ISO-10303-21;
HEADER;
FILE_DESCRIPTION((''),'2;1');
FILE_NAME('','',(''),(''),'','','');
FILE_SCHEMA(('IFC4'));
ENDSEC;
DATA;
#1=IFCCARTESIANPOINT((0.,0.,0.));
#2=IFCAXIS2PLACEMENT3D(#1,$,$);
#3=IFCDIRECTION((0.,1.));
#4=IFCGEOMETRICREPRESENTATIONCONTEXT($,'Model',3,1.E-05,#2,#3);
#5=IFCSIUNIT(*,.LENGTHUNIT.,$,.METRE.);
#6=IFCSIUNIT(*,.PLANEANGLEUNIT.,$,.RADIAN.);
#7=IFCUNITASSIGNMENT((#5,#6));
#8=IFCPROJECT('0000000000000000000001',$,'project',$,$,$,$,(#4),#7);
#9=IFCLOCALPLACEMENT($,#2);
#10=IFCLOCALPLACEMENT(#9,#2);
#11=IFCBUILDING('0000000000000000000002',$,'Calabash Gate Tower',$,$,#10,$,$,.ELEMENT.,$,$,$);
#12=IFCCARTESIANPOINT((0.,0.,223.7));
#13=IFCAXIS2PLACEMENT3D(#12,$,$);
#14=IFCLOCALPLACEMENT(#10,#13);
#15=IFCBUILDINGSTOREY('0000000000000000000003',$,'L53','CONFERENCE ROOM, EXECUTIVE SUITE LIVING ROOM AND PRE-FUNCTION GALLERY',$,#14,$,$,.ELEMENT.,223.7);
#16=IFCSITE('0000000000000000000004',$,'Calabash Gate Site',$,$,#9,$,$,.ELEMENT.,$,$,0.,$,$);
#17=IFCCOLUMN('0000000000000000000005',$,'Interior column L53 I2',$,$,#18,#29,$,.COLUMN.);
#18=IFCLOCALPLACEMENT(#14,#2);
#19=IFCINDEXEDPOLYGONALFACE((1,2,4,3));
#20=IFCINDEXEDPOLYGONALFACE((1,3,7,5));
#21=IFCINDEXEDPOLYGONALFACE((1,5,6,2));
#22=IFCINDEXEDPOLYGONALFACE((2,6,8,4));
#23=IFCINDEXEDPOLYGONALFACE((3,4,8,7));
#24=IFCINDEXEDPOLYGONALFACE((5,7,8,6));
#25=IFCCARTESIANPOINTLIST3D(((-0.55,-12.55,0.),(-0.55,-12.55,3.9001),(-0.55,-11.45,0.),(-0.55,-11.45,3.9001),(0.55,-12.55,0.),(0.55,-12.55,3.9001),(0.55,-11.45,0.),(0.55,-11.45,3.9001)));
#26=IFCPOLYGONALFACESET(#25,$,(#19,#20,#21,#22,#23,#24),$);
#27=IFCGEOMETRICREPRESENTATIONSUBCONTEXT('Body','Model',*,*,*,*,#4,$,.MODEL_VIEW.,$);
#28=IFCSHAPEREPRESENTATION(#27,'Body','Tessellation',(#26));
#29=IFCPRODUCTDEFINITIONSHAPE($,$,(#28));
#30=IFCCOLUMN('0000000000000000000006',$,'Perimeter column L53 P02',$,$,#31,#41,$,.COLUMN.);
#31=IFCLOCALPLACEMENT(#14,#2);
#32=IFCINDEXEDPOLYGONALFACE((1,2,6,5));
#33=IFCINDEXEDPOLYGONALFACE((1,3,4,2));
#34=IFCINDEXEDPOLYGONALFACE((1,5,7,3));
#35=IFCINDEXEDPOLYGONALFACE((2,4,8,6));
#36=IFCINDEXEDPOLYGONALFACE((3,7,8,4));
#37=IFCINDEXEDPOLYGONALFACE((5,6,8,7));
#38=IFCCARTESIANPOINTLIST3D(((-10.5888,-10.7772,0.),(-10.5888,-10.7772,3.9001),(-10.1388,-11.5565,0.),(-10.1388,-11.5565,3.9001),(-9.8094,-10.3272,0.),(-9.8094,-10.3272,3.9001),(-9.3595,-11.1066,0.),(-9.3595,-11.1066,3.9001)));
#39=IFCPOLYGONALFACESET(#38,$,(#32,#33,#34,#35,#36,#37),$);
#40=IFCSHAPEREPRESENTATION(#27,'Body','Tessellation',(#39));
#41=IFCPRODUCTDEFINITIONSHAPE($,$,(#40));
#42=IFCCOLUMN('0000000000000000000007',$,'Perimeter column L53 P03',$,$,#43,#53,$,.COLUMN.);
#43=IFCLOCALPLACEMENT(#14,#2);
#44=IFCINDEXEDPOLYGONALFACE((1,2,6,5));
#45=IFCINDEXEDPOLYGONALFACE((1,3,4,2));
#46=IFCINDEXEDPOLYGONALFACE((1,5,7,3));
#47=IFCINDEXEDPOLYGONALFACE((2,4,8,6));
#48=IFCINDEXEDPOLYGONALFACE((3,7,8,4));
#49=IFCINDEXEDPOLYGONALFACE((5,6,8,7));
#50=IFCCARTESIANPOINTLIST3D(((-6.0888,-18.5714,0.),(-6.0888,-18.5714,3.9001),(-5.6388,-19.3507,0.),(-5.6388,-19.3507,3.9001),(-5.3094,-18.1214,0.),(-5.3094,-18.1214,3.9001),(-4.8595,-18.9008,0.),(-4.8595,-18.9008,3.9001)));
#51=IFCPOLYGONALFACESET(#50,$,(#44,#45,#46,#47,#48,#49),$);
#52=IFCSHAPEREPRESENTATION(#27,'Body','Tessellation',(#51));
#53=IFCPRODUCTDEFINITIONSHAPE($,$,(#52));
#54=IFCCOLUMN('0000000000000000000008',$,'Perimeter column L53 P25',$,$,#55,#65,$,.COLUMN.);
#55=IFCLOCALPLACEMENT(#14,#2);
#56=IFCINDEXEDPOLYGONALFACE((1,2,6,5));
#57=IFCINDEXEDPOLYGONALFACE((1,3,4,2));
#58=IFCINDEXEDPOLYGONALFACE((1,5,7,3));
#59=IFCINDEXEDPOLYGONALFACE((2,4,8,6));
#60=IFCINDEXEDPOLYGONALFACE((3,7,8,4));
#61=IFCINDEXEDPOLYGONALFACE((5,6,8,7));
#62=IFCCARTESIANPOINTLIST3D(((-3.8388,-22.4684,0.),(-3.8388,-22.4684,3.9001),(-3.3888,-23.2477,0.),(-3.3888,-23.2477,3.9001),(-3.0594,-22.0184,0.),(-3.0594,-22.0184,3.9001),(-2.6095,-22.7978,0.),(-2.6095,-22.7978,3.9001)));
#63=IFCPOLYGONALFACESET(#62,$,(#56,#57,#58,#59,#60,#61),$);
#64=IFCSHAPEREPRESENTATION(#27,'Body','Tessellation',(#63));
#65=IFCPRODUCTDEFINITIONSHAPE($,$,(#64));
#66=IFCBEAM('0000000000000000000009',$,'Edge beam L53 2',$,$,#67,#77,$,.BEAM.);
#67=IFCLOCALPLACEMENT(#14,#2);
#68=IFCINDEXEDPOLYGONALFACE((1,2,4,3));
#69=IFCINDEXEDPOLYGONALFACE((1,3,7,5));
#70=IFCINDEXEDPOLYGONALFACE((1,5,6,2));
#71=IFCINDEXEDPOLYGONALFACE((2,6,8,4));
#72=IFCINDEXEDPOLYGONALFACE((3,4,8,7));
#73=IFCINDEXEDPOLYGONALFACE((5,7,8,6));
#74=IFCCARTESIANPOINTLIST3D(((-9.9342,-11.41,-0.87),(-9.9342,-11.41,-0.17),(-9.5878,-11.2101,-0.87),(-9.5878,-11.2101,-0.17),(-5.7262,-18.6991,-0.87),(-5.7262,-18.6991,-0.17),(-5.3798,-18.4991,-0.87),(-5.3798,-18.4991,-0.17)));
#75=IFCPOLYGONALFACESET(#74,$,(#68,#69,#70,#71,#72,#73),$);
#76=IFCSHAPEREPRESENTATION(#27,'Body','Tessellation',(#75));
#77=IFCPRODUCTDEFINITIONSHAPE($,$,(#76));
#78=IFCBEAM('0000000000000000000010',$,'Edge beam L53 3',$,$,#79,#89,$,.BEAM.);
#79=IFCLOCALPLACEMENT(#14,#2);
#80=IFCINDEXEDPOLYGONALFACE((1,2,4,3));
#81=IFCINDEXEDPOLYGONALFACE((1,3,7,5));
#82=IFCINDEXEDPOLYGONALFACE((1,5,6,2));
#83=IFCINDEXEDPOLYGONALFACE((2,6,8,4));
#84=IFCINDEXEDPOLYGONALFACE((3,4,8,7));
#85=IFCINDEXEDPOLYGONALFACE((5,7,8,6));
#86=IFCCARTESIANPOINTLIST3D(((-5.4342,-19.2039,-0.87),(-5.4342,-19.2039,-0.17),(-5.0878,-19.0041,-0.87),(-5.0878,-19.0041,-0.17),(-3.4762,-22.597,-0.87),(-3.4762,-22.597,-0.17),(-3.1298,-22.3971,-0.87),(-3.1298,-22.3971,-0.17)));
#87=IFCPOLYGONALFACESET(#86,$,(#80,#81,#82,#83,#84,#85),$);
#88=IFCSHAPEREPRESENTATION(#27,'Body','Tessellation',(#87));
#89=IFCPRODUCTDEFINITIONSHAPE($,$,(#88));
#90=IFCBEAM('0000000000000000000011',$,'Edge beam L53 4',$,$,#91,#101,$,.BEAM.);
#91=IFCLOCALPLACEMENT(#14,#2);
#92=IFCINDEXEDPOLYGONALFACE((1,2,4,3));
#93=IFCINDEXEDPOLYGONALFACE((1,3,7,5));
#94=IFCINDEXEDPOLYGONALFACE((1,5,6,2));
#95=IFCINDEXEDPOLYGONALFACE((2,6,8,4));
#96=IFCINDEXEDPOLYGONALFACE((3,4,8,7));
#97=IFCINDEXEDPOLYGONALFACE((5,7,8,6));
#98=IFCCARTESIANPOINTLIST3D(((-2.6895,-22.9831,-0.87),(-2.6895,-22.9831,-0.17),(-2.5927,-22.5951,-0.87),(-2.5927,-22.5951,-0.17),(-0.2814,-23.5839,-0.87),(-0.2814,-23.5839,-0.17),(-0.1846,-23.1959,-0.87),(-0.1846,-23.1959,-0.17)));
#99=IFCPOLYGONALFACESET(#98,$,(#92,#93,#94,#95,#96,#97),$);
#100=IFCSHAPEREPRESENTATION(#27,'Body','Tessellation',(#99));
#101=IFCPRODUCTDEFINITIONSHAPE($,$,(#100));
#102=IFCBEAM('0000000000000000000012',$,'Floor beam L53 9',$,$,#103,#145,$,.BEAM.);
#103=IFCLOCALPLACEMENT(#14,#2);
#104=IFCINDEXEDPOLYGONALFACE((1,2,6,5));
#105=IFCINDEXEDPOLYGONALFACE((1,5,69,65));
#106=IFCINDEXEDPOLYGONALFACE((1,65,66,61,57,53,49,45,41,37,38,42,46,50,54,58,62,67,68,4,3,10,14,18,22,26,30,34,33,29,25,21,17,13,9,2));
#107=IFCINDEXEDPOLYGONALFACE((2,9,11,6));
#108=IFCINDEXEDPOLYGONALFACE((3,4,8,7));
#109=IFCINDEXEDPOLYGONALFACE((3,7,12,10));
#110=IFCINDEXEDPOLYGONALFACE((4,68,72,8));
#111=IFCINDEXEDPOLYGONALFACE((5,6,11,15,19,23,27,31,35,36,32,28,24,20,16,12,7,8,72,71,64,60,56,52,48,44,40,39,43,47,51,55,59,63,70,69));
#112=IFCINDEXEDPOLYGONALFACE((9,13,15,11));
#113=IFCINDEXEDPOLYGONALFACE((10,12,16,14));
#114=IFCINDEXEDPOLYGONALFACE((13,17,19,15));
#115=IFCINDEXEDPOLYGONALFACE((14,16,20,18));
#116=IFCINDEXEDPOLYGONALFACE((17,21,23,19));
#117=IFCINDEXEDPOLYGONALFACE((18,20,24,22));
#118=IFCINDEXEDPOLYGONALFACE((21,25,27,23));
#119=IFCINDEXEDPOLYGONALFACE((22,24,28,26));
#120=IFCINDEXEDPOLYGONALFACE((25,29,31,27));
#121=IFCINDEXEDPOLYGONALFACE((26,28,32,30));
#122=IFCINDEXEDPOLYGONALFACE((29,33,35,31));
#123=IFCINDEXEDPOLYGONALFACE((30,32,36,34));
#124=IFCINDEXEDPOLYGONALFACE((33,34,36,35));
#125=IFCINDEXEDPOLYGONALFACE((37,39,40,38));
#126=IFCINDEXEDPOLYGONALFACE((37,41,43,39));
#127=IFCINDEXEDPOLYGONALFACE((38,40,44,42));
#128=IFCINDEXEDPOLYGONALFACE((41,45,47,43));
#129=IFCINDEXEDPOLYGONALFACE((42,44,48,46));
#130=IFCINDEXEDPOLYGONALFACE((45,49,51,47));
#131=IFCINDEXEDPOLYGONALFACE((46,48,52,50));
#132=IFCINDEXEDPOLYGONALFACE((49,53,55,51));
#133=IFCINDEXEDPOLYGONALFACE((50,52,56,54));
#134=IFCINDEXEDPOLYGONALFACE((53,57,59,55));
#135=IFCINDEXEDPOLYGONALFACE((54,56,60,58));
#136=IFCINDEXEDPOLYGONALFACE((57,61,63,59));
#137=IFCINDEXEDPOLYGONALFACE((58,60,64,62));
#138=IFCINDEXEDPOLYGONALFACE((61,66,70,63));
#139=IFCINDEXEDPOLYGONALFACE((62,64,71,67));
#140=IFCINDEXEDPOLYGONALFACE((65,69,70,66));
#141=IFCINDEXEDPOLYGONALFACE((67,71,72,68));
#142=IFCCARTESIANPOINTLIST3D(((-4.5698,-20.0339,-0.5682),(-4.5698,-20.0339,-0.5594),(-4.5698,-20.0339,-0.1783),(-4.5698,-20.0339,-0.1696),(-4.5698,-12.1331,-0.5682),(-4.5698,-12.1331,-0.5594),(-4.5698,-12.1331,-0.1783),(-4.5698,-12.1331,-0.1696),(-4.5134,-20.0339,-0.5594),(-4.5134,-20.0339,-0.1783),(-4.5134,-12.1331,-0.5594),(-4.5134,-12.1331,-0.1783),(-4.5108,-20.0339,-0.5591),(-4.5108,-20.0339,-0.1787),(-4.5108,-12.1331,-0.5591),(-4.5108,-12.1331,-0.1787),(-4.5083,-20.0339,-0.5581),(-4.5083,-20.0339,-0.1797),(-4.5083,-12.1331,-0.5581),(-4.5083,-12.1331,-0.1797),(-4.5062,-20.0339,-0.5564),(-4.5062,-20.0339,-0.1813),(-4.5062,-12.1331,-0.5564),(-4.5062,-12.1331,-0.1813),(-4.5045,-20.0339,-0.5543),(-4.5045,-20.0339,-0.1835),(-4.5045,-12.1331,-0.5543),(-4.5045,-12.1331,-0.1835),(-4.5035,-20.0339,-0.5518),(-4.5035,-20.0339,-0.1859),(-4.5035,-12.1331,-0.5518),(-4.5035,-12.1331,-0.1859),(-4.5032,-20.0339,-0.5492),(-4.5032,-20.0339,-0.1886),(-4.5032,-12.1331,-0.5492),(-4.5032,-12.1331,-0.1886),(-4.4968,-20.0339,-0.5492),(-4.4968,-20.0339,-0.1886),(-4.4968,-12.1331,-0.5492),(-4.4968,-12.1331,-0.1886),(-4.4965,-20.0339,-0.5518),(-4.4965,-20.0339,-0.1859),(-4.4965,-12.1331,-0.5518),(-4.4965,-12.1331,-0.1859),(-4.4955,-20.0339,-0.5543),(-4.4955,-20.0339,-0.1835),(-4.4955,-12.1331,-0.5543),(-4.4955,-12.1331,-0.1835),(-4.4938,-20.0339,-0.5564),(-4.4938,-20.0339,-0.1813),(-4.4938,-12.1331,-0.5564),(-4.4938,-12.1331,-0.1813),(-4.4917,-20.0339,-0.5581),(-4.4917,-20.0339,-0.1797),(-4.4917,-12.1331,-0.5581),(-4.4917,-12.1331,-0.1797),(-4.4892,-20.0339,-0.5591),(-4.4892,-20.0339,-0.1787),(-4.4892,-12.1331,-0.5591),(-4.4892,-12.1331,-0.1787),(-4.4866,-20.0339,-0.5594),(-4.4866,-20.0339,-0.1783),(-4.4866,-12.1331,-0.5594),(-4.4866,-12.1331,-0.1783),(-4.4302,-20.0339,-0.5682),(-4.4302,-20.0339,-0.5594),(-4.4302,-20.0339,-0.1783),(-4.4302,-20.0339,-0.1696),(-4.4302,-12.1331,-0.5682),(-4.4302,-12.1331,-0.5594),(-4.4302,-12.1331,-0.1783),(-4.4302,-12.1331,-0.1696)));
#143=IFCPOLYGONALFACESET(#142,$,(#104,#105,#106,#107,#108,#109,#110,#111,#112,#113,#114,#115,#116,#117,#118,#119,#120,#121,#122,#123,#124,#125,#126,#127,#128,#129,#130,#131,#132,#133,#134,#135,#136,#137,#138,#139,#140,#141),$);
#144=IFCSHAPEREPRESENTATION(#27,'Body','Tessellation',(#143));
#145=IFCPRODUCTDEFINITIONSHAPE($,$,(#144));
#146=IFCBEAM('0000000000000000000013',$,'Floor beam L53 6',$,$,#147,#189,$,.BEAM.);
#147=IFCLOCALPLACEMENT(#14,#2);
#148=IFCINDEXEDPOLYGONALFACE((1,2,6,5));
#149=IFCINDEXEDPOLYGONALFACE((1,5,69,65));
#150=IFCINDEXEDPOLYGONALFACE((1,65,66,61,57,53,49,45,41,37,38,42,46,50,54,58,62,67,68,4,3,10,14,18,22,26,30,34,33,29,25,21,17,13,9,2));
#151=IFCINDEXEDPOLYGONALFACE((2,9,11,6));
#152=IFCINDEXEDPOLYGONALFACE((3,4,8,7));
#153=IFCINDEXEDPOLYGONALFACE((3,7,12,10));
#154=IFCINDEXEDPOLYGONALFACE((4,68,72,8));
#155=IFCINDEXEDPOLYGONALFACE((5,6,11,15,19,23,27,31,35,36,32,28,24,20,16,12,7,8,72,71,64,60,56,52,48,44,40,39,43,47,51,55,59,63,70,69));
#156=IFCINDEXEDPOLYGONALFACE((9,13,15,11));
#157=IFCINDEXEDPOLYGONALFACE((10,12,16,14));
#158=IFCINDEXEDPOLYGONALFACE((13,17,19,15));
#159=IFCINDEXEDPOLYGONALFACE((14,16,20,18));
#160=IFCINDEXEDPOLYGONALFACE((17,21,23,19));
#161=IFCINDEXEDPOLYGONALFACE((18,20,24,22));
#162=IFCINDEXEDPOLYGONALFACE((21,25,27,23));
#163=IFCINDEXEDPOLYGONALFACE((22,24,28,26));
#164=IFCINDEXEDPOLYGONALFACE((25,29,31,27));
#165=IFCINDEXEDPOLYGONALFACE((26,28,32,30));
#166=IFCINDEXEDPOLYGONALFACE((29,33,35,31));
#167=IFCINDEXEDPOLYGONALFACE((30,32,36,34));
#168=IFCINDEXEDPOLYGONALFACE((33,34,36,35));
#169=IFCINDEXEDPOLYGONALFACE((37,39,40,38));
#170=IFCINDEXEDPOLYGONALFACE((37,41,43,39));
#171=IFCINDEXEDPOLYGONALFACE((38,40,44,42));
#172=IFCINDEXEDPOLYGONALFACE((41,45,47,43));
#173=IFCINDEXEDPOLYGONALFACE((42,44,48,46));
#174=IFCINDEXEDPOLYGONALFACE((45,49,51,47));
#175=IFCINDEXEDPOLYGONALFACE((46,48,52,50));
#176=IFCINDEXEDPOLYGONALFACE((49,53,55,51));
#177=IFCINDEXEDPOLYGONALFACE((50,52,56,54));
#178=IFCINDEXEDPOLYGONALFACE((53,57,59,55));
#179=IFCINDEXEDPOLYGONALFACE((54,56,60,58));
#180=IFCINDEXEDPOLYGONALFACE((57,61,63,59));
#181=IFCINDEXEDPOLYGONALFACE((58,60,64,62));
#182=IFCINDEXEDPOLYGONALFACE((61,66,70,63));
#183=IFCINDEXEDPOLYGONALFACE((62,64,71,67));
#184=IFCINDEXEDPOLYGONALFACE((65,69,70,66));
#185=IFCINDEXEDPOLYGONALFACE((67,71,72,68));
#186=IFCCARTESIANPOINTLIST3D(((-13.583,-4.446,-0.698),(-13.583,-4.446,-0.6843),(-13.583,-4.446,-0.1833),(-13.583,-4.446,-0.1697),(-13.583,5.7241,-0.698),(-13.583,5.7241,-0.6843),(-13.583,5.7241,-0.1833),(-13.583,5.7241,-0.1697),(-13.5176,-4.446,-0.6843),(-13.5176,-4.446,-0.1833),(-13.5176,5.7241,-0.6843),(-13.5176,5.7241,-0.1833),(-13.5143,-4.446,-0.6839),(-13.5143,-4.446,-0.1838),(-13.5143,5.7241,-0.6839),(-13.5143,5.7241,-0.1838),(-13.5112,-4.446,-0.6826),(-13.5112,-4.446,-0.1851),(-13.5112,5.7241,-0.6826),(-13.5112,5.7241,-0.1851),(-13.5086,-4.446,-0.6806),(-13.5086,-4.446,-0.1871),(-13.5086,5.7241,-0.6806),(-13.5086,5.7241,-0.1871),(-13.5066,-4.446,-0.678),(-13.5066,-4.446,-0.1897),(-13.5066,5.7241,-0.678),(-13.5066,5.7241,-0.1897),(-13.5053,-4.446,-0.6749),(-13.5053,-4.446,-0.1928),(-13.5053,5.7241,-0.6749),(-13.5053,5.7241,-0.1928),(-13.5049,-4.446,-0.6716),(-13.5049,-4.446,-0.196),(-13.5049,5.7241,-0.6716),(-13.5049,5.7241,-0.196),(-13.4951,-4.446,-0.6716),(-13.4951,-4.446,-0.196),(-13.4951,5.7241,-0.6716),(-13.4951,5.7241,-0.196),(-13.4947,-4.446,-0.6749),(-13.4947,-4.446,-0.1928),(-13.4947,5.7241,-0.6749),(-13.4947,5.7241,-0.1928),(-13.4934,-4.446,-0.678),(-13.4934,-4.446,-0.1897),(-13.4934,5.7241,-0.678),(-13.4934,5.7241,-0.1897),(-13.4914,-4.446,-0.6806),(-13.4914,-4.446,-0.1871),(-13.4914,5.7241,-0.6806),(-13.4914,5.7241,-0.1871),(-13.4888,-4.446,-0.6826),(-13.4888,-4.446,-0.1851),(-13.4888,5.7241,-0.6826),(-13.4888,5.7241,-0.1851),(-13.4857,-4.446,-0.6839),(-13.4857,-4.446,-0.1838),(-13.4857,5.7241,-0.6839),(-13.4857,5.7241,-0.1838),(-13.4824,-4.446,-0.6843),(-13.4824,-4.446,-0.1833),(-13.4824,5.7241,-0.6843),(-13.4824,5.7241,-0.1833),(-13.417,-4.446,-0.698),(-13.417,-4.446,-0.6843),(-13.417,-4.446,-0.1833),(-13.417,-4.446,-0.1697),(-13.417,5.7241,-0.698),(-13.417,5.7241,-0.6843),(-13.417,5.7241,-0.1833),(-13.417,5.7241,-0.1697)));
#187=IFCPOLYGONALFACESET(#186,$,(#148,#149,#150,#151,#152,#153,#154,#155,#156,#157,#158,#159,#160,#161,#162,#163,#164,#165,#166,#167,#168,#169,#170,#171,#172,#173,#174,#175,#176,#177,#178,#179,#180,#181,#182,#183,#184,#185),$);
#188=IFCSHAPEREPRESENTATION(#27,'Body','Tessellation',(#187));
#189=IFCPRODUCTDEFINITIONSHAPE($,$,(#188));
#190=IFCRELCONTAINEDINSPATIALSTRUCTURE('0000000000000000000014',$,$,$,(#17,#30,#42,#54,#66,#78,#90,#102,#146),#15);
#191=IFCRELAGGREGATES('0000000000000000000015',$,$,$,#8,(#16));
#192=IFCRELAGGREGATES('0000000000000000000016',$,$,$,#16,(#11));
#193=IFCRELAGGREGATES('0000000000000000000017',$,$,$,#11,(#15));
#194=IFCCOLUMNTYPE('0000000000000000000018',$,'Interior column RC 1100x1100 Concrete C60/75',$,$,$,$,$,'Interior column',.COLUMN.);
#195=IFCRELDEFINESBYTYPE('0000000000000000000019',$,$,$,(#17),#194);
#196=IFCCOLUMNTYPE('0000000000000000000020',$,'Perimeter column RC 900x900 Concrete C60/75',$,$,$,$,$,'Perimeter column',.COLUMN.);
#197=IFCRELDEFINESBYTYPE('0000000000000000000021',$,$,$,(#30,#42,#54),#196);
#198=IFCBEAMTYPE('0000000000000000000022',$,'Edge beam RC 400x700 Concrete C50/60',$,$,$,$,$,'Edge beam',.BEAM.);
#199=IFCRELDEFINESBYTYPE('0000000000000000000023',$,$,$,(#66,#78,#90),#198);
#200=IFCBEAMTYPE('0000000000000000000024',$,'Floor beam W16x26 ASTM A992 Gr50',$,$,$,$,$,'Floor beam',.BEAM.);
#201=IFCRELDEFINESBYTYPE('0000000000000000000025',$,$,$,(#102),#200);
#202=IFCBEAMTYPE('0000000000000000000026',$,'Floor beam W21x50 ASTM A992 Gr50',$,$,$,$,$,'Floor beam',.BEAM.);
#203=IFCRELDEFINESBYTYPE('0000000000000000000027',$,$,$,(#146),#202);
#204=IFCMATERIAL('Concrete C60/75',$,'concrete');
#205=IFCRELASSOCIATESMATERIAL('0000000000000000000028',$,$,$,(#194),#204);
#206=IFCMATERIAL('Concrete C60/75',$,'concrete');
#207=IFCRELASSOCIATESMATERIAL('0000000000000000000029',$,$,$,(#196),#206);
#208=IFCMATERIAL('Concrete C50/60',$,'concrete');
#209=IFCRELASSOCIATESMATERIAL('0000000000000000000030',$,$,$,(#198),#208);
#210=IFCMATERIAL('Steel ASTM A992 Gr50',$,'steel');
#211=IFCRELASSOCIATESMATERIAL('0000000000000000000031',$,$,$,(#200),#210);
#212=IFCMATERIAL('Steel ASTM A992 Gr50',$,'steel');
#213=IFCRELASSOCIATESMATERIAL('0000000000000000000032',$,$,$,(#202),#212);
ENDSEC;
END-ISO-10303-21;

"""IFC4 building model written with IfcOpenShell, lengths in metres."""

from ifc_helpers import new_model, si_unit, direction, frame, origin, origin_2d, place, context, subcontext, project, spatial, rectangle, i_section, extrude, material, material_profile, profile_set, type_object, element, save


model = new_model("IFC4")

# Units and contexts
model_context = context("Model", 3, precision=1e-05, world=origin(), true_north=direction((0.0, 1.0)))
body_context = subcontext(model_context, "Body", "Model", "MODEL_VIEW")
ifc_project = project(units=[si_unit("LENGTHUNIT", "METRE"), si_unit("PLANEANGLEUNIT", "RADIAN")], contexts=[model_context])

# Site, building, storey
site_placement = place(None, origin())
site = spatial("IfcSite", under=ifc_project, at=site_placement, Name="Calabash Gate Site", CompositionType="ELEMENT", RefElevation=0.0)
building_placement = place(site_placement, origin())
building = spatial("IfcBuilding", under=site, at=building_placement, Name="Calabash Gate Tower", CompositionType="ELEMENT")
storey_placement = place(building_placement, frame((0.0, 0.0, 223.7)))
storey = spatial("IfcBuildingStorey", under=building, at=storey_placement, Name="L53", Description="CONFERENCE ROOM, EXECUTIVE SUITE LIVING ROOM AND PRE-FUNCTION GALLERY", CompositionType="ELEMENT", Elevation=223.7)

# Columns
ifc_material_1 = material(Name="Concrete C60/75", Category="concrete")
ifc_material_profile_1 = material_profile(ifc_material_1, rectangle(XDim=1.1001, YDim=1.1001, at=origin_2d()))
ifc_profile_set_1 = profile_set([ifc_material_profile_1], Name="Concrete C60/75")
column_type_1 = type_object("IfcColumnType", Name="Interior column RC 1100x1100 Concrete C60/75", ElementType="Interior column", PredefinedType="COLUMN", material=ifc_profile_set_1)
column_placement = place(storey_placement, frame((0.0, -12.0, 0.0), z_axis=(0.0, 0.0, 1.0), x_axis=(1.0, 0.0, 0.0)))
element("IfcColumn", 1, at=column_placement, inside=storey, type_object=column_type_1, Name="Interior column L53 I2", PredefinedType="COLUMN", context=body_context, shape_type="SweptSolid", body=[
    extrude(rectangle(XDim=1.1001, YDim=1.1001, at=origin_2d()), origin(), (0.0, 0.0, 1.0), 3.9001),
])
ifc_material_2 = material(Name="Concrete C60/75", Category="concrete")
ifc_material_profile_2 = material_profile(ifc_material_2, rectangle(XDim=0.8999, YDim=0.8999, at=origin_2d()))
ifc_profile_set_2 = profile_set([ifc_material_profile_2], Name="Concrete C60/75")
column_type_2 = type_object("IfcColumnType", Name="Perimeter column RC 900x900 Concrete C60/75", ElementType="Perimeter column", PredefinedType="COLUMN", material=ifc_profile_set_2)
for number, where, z_axis, x_axis, name in (
    (2, (-9.9741, -10.9419, 0.0), (0.0, 0.0, 1.0), (0.5, -0.866025, 0.0), "Perimeter column L53 P02"),
    (3, (-5.4741, -18.7361, 0.0), (0.0, 0.0, 1.0), (0.5, -0.866025, 0.0), "Perimeter column L53 P03"),
    (4, (-3.2241, -22.6331, 0.0), (0.0, 0.0, 1.0), (0.5, -0.866025, 0.0), "Perimeter column L53 P25"),
):
    element("IfcColumn", number, at=place(storey_placement, frame(where, z_axis=z_axis, x_axis=x_axis)), inside=storey, type_object=column_type_2, Name=name, PredefinedType="COLUMN", context=body_context, shape_type="SweptSolid", body=[
        extrude(rectangle(XDim=0.8999, YDim=0.8999, at=origin_2d()), origin(), (0.0, 0.0, 1.0), 3.9001),
    ])

# Beams
ifc_material_3 = material(Name="Concrete C50/60", Category="concrete")
ifc_material_profile_3 = material_profile(ifc_material_3, rectangle(XDim=0.3999, YDim=0.7, at=origin_2d()))
ifc_profile_set_3 = profile_set([ifc_material_profile_3], Name="Concrete C50/60")
beam_type_1 = type_object("IfcBeamType", Name="Edge beam RC 400x700 Concrete C50/60", ElementType="Edge beam", PredefinedType="BEAM", material=ifc_profile_set_3)
beam_1_placement = place(storey_placement, frame((-9.761, -11.3101, -0.52), z_axis=(0.49997, -0.866043, 0.0), x_axis=(0.866043, 0.49997, 0.0)))
element("IfcBeam", 5, at=beam_1_placement, inside=storey, type_object=beam_type_1, Name="Edge beam L53 2", PredefinedType="BEAM", context=body_context, shape_type="SweptSolid", body=[
    extrude(rectangle(XDim=0.3999, YDim=0.7, at=origin_2d()), origin(), (0.0, 0.0, 1.0), 8.4165),
])
beam_2_placement = place(storey_placement, frame((-5.261, -19.104, -0.52), z_axis=(0.499812, -0.866134, 0.0), x_axis=(0.866134, 0.499812, 0.0)))
element("IfcBeam", 6, at=beam_2_placement, inside=storey, type_object=beam_type_1, Name="Edge beam L53 3", PredefinedType="BEAM", context=body_context, shape_type="SweptSolid", body=[
    extrude(rectangle(XDim=0.3999, YDim=0.7, at=origin_2d()), origin(), (0.0, 0.0, 1.0), 3.9175),
])
beam_3_placement = place(storey_placement, frame((-2.6411, -22.7891, -0.52), z_axis=(0.970258, -0.242073, 0.0), x_axis=(0.242073, 0.970258, 0.0)))
element("IfcBeam", 7, at=beam_3_placement, inside=storey, type_object=beam_type_1, Name="Edge beam L53 4", PredefinedType="BEAM", context=body_context, shape_type="SweptSolid", body=[
    extrude(rectangle(XDim=0.3999, YDim=0.7, at=origin_2d()), origin(), (0.0, 0.0, 1.0), 2.4819),
])
ifc_material_4 = material(Name="Steel ASTM A992 Gr50", Category="steel")
ifc_material_profile_4 = material_profile(ifc_material_4, i_section(OverallWidth=0.1396, OverallDepth=0.3987, WebThickness=0.0063, FlangeThickness=0.0088, FilletRadius=0.0103, at=origin_2d()))
ifc_profile_set_4 = profile_set([ifc_material_profile_4], Name="Steel ASTM A992 Gr50")
beam_type_2 = type_object("IfcBeamType", Name="Floor beam W16x26 ASTM A992 Gr50", ElementType="Floor beam", PredefinedType="BEAM", material=ifc_profile_set_4)
beam_4_placement = place(storey_placement, frame((-4.5, -20.0339, -0.3689), z_axis=(0.0, 1.0, 0.0), x_axis=(-1.0, 0.0, 0.0)))
element("IfcBeam", 8, at=beam_4_placement, inside=storey, type_object=beam_type_2, Name="Floor beam L53 9", PredefinedType="BEAM", context=body_context, shape_type="SweptSolid", body=[
    extrude(i_section(OverallWidth=0.1396, OverallDepth=0.3987, WebThickness=0.0063, FlangeThickness=0.0088, FilletRadius=0.0103, at=origin_2d()), origin(), (0.0, 0.0, 1.0), 7.9009),
])
ifc_material_5 = material(Name="Steel ASTM A992 Gr50", Category="steel")
ifc_material_profile_5 = material_profile(ifc_material_5, i_section(OverallWidth=0.166, OverallDepth=0.5283, WebThickness=0.0098, FlangeThickness=0.0137, FilletRadius=0.0127, at=origin_2d()))
ifc_profile_set_5 = profile_set([ifc_material_profile_5], Name="Steel ASTM A992 Gr50")
beam_type_3 = type_object("IfcBeamType", Name="Floor beam W21x50 ASTM A992 Gr50", ElementType="Floor beam", PredefinedType="BEAM", material=ifc_profile_set_5)
beam_5_placement = place(storey_placement, frame((-13.5, -4.446, -0.4338), z_axis=(0.0, 1.0, 0.0), x_axis=(-1.0, 0.0, 0.0)))
element("IfcBeam", 9, at=beam_5_placement, inside=storey, type_object=beam_type_3, Name="Floor beam L53 6", PredefinedType="BEAM", context=body_context, shape_type="SweptSolid", body=[
    extrude(i_section(OverallWidth=0.166, OverallDepth=0.5283, WebThickness=0.0098, FlangeThickness=0.0137, FilletRadius=0.0127, at=origin_2d()), origin(), (0.0, 0.0, 1.0), 10.1702),
])

save(model, "model.ifc")
